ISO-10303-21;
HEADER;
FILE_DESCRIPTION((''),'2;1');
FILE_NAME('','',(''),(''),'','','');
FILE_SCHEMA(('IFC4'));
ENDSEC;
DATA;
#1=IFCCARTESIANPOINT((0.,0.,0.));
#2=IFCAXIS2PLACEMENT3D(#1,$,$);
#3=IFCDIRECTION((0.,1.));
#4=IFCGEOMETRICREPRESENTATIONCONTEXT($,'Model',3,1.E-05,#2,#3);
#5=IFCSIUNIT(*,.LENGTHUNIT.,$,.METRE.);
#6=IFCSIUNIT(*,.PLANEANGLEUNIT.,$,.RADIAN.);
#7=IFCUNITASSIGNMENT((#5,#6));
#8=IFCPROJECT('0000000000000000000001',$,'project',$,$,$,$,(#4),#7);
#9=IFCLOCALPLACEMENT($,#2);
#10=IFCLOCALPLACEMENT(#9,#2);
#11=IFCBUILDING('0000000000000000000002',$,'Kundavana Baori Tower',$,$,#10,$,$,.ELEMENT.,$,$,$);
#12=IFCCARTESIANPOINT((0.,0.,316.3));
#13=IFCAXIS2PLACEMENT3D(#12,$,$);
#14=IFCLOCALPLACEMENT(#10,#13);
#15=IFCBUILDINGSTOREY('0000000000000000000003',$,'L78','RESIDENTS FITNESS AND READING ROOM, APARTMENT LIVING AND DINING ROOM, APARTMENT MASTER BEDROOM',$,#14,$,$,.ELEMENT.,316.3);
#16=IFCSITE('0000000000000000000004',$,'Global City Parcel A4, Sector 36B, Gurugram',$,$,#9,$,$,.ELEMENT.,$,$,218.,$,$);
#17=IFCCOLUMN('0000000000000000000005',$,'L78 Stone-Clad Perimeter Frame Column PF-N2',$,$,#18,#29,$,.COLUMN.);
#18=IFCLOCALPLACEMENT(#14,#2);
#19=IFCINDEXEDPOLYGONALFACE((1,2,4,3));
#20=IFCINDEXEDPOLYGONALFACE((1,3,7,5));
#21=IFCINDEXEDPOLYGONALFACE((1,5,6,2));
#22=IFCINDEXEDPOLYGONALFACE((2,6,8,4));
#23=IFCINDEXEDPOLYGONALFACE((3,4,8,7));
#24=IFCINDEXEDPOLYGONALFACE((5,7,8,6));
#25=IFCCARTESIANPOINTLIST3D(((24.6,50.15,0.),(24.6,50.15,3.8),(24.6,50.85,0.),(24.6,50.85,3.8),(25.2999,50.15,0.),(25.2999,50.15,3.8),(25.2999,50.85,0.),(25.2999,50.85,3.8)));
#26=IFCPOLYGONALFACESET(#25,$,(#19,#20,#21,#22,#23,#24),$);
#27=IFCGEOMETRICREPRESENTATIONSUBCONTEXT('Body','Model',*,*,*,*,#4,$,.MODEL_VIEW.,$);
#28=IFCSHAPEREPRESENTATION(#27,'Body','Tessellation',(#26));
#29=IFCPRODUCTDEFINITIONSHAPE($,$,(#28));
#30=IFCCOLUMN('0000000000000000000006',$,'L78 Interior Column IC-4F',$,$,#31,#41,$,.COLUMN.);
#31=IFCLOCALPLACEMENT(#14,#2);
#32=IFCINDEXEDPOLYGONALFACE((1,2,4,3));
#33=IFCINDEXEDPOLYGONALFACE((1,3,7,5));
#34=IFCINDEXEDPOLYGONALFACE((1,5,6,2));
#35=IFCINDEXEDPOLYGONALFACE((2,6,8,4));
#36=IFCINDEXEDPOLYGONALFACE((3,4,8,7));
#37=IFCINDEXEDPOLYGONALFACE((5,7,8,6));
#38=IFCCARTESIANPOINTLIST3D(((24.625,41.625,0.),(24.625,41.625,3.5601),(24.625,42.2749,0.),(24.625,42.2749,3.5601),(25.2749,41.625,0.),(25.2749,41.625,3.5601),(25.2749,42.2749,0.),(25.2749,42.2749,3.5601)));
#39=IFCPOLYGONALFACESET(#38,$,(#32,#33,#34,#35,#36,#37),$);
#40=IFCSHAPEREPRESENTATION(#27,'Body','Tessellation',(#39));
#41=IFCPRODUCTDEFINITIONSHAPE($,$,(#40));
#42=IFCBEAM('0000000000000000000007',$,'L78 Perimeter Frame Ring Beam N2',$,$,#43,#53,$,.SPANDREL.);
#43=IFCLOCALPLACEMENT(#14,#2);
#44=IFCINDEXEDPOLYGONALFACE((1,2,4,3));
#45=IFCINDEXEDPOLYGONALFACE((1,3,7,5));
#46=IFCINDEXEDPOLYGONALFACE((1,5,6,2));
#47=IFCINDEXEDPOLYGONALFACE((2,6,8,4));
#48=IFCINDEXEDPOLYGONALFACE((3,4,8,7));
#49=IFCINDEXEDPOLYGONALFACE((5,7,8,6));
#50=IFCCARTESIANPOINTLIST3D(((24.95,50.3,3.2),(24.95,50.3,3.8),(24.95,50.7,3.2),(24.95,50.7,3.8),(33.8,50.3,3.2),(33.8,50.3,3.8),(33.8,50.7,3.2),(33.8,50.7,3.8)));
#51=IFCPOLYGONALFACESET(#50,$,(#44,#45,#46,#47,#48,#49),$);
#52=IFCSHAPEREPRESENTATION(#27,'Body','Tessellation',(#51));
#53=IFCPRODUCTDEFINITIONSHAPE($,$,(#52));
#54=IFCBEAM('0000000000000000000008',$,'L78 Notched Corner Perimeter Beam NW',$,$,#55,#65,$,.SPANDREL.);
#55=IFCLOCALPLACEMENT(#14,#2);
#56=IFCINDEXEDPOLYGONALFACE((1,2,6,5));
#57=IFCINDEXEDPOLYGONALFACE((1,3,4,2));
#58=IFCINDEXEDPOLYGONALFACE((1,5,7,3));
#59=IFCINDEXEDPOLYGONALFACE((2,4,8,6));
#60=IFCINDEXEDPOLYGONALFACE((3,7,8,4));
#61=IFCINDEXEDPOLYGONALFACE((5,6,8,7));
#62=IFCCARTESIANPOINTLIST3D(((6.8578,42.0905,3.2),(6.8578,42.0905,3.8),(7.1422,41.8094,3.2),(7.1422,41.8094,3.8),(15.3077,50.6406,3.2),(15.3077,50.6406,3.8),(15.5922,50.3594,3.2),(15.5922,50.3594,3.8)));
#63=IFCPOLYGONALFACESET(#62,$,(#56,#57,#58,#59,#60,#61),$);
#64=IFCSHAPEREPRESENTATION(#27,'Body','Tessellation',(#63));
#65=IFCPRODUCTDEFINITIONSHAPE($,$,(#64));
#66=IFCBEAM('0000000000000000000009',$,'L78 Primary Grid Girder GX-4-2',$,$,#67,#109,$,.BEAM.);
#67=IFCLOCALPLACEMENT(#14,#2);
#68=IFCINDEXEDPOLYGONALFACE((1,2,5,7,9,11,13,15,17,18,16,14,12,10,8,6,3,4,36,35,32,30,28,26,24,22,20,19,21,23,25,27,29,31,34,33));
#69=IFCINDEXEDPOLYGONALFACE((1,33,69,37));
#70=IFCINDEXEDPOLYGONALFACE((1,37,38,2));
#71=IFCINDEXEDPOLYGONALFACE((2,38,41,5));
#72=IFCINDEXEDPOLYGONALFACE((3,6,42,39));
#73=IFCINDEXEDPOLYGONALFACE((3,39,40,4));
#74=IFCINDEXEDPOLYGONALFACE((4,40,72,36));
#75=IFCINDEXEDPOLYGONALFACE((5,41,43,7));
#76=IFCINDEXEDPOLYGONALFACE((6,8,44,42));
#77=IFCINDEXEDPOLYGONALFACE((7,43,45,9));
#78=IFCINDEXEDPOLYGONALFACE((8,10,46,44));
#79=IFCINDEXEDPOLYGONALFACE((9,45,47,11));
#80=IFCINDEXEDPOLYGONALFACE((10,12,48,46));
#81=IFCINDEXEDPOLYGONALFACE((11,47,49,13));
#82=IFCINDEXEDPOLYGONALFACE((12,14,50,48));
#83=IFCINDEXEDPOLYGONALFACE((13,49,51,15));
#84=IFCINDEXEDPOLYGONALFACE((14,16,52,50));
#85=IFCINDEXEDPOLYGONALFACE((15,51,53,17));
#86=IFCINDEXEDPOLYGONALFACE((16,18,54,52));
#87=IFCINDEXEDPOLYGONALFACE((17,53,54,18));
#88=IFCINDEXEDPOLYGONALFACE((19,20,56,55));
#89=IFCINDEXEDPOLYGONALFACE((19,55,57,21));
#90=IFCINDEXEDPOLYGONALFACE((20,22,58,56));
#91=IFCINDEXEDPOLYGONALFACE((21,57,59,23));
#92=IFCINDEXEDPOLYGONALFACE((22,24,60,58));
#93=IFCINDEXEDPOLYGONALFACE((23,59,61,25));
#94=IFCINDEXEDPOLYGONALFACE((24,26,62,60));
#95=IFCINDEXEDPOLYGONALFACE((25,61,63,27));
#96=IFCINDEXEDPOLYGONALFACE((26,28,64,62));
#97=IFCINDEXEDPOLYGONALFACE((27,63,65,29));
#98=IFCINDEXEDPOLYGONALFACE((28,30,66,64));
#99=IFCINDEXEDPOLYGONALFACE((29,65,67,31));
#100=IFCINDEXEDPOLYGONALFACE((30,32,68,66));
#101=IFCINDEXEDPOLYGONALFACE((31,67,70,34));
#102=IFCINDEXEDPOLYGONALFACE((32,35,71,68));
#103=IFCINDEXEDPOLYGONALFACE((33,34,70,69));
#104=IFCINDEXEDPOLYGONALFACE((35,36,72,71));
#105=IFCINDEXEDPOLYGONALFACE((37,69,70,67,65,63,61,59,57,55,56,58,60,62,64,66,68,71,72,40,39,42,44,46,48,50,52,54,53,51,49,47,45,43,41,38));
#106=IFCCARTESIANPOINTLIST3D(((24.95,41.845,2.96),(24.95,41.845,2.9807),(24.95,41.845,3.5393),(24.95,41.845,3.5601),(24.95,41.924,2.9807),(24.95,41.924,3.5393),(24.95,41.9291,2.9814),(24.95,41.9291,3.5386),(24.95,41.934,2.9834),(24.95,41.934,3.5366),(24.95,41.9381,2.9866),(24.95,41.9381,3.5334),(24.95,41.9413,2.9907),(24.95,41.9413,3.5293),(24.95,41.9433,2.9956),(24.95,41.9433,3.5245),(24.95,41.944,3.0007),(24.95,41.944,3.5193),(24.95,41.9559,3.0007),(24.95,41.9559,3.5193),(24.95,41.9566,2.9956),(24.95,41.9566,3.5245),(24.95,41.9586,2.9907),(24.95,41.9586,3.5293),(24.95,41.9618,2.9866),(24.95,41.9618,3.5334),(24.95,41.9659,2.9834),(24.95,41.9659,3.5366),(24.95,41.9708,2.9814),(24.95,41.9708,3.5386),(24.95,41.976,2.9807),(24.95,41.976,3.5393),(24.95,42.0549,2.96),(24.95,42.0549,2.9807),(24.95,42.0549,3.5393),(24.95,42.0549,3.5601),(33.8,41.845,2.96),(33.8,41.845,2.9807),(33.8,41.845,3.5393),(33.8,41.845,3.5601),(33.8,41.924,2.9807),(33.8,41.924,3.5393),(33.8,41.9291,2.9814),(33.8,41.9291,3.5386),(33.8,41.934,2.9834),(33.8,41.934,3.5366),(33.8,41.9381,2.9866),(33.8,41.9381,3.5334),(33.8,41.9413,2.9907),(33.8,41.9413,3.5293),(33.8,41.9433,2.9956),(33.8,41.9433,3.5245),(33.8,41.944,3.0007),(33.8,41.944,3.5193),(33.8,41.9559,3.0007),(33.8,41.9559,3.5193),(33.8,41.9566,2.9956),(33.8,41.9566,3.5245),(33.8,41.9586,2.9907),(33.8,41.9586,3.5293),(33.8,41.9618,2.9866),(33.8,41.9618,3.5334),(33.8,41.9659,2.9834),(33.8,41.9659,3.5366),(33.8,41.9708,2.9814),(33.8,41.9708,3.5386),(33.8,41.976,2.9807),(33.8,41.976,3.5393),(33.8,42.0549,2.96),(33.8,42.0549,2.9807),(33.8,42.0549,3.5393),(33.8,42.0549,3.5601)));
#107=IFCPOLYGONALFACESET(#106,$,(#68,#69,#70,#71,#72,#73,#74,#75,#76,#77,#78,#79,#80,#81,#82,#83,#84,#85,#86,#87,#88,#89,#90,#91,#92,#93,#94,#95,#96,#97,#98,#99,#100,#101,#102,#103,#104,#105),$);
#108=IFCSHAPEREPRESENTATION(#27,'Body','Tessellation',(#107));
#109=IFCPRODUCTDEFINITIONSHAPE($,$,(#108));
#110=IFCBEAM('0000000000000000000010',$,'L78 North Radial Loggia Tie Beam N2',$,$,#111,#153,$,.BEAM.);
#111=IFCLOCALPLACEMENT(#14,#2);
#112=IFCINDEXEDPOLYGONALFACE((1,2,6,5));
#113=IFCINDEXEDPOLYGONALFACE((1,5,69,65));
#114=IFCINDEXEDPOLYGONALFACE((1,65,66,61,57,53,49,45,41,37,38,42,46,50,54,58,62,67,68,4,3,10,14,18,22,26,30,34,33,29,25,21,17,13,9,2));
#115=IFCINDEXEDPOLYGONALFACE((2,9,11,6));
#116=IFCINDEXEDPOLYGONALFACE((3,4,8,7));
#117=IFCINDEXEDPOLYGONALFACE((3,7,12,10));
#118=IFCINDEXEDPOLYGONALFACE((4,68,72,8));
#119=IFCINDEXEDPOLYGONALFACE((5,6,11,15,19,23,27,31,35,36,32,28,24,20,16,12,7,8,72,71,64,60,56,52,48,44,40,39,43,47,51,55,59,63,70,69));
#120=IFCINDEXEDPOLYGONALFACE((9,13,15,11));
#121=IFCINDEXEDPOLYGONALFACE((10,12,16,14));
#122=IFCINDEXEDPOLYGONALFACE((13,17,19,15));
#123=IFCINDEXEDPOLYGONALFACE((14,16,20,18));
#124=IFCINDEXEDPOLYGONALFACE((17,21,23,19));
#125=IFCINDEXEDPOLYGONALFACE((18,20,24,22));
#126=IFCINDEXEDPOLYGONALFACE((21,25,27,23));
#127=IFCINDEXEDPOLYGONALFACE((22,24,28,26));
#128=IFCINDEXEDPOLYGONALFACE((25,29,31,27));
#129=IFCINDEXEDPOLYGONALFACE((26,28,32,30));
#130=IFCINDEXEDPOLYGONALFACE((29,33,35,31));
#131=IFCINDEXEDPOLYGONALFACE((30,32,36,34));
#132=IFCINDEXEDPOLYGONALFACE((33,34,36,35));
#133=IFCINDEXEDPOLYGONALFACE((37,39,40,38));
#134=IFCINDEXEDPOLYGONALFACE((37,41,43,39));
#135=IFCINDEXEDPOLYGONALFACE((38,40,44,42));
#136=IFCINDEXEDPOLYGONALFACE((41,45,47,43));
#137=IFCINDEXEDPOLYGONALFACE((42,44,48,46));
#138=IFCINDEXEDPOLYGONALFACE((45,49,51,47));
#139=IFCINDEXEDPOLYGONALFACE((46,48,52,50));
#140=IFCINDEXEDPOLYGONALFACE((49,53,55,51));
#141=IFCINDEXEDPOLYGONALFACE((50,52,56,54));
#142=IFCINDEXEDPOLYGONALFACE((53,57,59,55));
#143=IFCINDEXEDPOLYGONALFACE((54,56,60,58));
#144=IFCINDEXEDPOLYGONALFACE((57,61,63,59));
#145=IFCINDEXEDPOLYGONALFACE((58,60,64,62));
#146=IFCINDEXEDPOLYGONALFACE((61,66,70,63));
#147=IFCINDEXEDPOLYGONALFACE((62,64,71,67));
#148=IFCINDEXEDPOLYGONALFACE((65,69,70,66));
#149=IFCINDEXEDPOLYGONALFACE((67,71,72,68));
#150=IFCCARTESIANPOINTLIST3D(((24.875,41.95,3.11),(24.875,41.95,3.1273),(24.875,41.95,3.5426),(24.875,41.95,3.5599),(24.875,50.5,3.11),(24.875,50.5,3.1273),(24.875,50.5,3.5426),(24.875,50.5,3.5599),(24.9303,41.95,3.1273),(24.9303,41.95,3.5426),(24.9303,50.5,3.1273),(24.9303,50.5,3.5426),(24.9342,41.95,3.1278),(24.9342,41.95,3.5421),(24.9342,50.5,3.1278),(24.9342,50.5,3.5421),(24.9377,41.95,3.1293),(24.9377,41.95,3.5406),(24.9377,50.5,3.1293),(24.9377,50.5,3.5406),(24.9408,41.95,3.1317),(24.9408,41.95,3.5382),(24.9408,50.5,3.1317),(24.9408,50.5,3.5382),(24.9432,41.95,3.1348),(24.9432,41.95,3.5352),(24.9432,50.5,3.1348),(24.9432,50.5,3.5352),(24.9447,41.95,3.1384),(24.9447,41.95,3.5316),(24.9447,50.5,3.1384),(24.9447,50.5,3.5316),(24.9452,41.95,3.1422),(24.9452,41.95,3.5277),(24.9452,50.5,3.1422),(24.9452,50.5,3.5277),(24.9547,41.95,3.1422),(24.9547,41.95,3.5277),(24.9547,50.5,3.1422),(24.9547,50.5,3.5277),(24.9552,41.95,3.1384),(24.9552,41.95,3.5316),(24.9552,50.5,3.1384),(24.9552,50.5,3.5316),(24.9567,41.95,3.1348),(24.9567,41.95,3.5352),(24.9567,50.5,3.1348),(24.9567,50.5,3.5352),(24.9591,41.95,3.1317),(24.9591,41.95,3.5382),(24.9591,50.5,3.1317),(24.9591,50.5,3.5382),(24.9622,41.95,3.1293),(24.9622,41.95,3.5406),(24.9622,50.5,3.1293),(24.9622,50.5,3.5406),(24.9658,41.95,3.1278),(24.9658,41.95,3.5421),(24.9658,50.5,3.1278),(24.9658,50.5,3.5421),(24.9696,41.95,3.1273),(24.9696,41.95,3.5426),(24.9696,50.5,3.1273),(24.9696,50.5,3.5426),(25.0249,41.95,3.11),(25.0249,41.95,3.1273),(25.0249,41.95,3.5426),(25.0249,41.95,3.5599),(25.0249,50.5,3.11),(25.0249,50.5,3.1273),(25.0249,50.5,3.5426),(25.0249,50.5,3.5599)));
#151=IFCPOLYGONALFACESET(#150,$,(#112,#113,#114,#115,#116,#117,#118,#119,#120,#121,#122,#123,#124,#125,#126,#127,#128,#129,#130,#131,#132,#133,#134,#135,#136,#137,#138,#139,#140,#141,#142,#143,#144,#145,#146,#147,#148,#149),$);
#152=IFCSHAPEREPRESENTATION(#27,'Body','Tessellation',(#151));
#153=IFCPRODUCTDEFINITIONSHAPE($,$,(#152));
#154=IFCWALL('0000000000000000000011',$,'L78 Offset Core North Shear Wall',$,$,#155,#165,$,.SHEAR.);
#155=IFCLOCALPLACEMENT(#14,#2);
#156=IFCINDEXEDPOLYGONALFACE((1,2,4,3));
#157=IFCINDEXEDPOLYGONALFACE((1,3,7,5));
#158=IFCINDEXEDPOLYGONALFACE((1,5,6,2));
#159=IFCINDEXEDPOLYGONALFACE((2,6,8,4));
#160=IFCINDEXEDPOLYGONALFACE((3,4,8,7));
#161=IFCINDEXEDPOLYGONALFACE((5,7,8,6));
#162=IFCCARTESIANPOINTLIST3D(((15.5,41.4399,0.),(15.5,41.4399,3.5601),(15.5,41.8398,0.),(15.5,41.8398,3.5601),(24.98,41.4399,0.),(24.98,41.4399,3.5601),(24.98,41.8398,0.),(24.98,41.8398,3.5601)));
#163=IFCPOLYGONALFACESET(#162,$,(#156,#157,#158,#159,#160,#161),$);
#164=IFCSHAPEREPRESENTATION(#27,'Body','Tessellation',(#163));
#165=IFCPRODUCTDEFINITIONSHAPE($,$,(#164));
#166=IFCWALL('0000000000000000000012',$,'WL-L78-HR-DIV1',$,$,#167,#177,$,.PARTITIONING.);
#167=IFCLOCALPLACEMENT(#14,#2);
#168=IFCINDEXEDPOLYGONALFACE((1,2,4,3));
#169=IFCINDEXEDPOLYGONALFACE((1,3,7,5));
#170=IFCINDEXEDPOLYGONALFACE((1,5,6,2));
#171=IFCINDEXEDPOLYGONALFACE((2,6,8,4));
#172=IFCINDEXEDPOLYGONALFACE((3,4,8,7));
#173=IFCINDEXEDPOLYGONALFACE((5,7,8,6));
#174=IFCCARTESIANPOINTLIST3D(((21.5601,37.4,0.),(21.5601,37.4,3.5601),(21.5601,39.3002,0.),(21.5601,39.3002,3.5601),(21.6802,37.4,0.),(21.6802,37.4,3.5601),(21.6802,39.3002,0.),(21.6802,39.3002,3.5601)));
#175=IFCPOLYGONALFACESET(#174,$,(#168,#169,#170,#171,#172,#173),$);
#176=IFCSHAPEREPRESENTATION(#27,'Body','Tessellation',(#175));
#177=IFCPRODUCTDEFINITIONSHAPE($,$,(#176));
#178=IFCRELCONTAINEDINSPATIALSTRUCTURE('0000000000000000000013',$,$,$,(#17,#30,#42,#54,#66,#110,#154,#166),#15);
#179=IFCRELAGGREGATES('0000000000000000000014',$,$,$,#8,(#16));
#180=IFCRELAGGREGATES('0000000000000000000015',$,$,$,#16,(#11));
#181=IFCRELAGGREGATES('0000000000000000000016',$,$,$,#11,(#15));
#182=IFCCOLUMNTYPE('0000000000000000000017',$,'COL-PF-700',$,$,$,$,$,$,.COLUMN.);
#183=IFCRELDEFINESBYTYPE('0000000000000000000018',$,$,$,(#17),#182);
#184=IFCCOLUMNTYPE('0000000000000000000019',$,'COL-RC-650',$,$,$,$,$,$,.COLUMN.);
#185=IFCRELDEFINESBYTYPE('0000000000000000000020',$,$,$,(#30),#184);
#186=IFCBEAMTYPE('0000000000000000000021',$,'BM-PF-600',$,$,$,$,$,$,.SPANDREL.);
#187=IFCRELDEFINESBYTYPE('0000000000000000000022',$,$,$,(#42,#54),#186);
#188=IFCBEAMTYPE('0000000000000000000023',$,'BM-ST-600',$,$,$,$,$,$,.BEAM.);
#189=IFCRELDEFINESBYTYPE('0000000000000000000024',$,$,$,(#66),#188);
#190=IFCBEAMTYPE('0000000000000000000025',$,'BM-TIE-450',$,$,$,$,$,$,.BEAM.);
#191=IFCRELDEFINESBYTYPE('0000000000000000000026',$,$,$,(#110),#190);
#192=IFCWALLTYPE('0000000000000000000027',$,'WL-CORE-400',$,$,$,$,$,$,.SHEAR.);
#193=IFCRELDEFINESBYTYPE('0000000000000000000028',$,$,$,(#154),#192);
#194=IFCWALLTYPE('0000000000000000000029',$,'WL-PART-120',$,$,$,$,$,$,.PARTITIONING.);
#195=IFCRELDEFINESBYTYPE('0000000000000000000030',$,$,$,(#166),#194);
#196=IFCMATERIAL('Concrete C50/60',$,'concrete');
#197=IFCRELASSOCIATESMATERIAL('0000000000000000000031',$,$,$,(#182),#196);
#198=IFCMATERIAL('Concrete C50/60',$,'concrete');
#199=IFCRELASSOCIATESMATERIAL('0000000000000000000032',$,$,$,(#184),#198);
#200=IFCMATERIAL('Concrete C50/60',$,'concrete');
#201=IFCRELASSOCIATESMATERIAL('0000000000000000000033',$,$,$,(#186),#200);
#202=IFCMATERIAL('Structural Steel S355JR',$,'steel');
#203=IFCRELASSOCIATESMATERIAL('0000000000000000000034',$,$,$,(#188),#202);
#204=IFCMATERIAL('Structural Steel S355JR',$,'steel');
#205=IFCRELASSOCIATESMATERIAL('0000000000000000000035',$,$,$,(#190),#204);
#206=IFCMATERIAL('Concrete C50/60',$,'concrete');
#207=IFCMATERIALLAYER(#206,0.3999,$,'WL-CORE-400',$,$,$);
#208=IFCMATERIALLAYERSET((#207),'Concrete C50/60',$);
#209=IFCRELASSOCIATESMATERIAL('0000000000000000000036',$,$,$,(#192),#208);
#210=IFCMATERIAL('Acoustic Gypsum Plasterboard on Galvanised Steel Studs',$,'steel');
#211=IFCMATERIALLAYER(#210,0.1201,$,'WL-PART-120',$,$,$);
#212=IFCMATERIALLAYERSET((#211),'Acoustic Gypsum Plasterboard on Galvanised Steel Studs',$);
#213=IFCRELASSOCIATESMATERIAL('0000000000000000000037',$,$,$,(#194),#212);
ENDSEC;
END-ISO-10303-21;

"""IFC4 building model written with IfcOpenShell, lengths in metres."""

from ifc_helpers import new_model, si_unit, direction, frame, frame_2d, origin, origin_2d, place, context, subcontext, project, spatial, rectangle, i_section, extrude, material, layer, layer_set, material_profile, profile_set, type_object, element, save


model = new_model("IFC4")

# Units and contexts
model_context = context("Model", 3, precision=1e-05, world=origin(), true_north=direction((0.0, 1.0)))
body_context = subcontext(model_context, "Body", "Model", "MODEL_VIEW")
ifc_project = project(units=[si_unit("LENGTHUNIT", "METRE"), si_unit("PLANEANGLEUNIT", "RADIAN")], contexts=[model_context])

# Site, building, storey
site_placement = place(None, origin())
site = spatial("IfcSite", under=ifc_project, at=site_placement, Name="Global City Parcel A4, Sector 36B, Gurugram", CompositionType="ELEMENT", RefElevation=218.0)
building_placement = place(site_placement, origin())
building = spatial("IfcBuilding", under=site, at=building_placement, Name="Kundavana Baori Tower", CompositionType="ELEMENT")
storey_placement = place(building_placement, frame((0.0, 0.0, 316.3)))
storey = spatial("IfcBuildingStorey", under=building, at=storey_placement, Name="L78", Description="RESIDENTS FITNESS AND READING ROOM, APARTMENT LIVING AND DINING ROOM, APARTMENT MASTER BEDROOM", CompositionType="ELEMENT", Elevation=316.3)

# Columns
ifc_material_1 = material(Name="Concrete C50/60", Category="concrete")
ifc_material_profile_1 = material_profile(ifc_material_1, rectangle(XDim=0.7, YDim=0.7, at=origin_2d()), Name="RC PF 700x700")
ifc_profile_set_1 = profile_set([ifc_material_profile_1], Name="Concrete C50/60")
column_type_1 = type_object("IfcColumnType", Name="COL-PF-700", PredefinedType="COLUMN", material=ifc_profile_set_1)
column_1_placement = place(storey_placement, frame((24.95, 50.5, 0.0), z_axis=(0.0, 0.0, 1.0), x_axis=(1.0, 0.0, 0.0)))
element("IfcColumn", 1, at=column_1_placement, inside=storey, type_object=column_type_1, Name="L78 Stone-Clad Perimeter Frame Column PF-N2", PredefinedType="COLUMN", context=body_context, shape_type="SweptSolid", body=[
    extrude(rectangle(XDim=0.7, YDim=0.7, at=origin_2d()), origin(), (0.0, 0.0, 1.0), 3.8),
])
ifc_material_2 = material(Name="Concrete C50/60", Category="concrete")
ifc_material_profile_2 = material_profile(ifc_material_2, rectangle(XDim=0.6499, YDim=0.6499, at=origin_2d()), Name="RC 650x650")
ifc_profile_set_2 = profile_set([ifc_material_profile_2], Name="Concrete C50/60")
column_type_2 = type_object("IfcColumnType", Name="COL-RC-650", PredefinedType="COLUMN", material=ifc_profile_set_2)
column_2_placement = place(storey_placement, frame((24.95, 41.95, 0.0), z_axis=(0.0, 0.0, 1.0), x_axis=(1.0, 0.0, 0.0)))
element("IfcColumn", 2, at=column_2_placement, inside=storey, type_object=column_type_2, Name="L78 Interior Column IC-4F", PredefinedType="COLUMN", context=body_context, shape_type="SweptSolid", body=[
    extrude(rectangle(XDim=0.6499, YDim=0.6499, at=origin_2d()), origin(), (0.0, 0.0, 1.0), 3.5601),
])

# Beams
ifc_material_3 = material(Name="Concrete C50/60", Category="concrete")
ifc_material_profile_3 = material_profile(ifc_material_3, rectangle(XDim=0.3999, YDim=0.6001, at=origin_2d()), Name="RC BM 400x600")
ifc_profile_set_3 = profile_set([ifc_material_profile_3], Name="Concrete C50/60")
beam_type_1 = type_object("IfcBeamType", Name="BM-PF-600", PredefinedType="SPANDREL", material=ifc_profile_set_3)
beam_1_placement = place(storey_placement, frame((24.95, 50.5, 3.5), z_axis=(1.0, 0.0, 0.0), x_axis=(0.0, 1.0, 0.0)))
element("IfcBeam", 3, at=beam_1_placement, inside=storey, type_object=beam_type_1, Name="L78 Perimeter Frame Ring Beam N2", PredefinedType="SPANDREL", context=body_context, shape_type="SweptSolid", body=[
    extrude(rectangle(XDim=0.3999, YDim=0.6001, at=origin_2d()), origin(), (0.0, 0.0, 1.0), 8.8501),
])
beam_2_placement = place(storey_placement, frame((15.45, 50.5, 3.5), z_axis=(-0.702931, -0.711258, 0.0), x_axis=(0.711258, -0.702931, 0.0)))
element("IfcBeam", 4, at=beam_2_placement, inside=storey, type_object=beam_type_1, Name="L78 Notched Corner Perimeter Beam NW", PredefinedType="SPANDREL", context=body_context, shape_type="SweptSolid", body=[
    extrude(rectangle(XDim=0.3999, YDim=0.6001, at=origin_2d()), origin(), (0.0, 0.0, 1.0), 12.021),
])
ifc_material_4 = material(Name="Structural Steel S355JR", Category="steel")
ifc_material_profile_4 = material_profile(ifc_material_4, i_section(OverallWidth=0.21, OverallDepth=0.6001, WebThickness=0.012, FlangeThickness=0.0208, FilletRadius=0.02, at=origin_2d()), Name="ISMB 600")
ifc_profile_set_4 = profile_set([ifc_material_profile_4], Name="Structural Steel S355JR")
beam_type_2 = type_object("IfcBeamType", Name="BM-ST-600", PredefinedType="BEAM", material=ifc_profile_set_4)
beam_3_placement = place(storey_placement, frame((24.95, 41.95, 3.26), z_axis=(1.0, 0.0, 0.0), x_axis=(0.0, 1.0, 0.0)))
element("IfcBeam", 5, at=beam_3_placement, inside=storey, type_object=beam_type_2, Name="L78 Primary Grid Girder GX-4-2", PredefinedType="BEAM", context=body_context, shape_type="SweptSolid", body=[
    extrude(i_section(OverallWidth=0.21, OverallDepth=0.6001, WebThickness=0.012, FlangeThickness=0.0208, FilletRadius=0.02, at=origin_2d()), origin(), (0.0, 0.0, 1.0), 8.8501),
])
ifc_material_5 = material(Name="Structural Steel S355JR", Category="steel")
ifc_material_profile_5 = material_profile(ifc_material_5, i_section(OverallWidth=0.1499, OverallDepth=0.45, WebThickness=0.0095, FlangeThickness=0.0173, FilletRadius=0.0149, at=origin_2d()), Name="ISMB 450")
ifc_profile_set_5 = profile_set([ifc_material_profile_5], Name="Structural Steel S355JR")
beam_type_3 = type_object("IfcBeamType", Name="BM-TIE-450", PredefinedType="BEAM", material=ifc_profile_set_5)
beam_4_placement = place(storey_placement, frame((24.95, 41.95, 3.335), z_axis=(0.0, 1.0, 0.0), x_axis=(-1.0, 0.0, 0.0)))
element("IfcBeam", 6, at=beam_4_placement, inside=storey, type_object=beam_type_3, Name="L78 North Radial Loggia Tie Beam N2", PredefinedType="BEAM", context=body_context, shape_type="SweptSolid", body=[
    extrude(i_section(OverallWidth=0.1499, OverallDepth=0.45, WebThickness=0.0095, FlangeThickness=0.0173, FilletRadius=0.0149, at=origin_2d()), origin(), (0.0, 0.0, 1.0), 8.55),
])

# Walls
ifc_material_6 = material(Name="Concrete C50/60", Category="concrete")
ifc_layer_1 = layer(ifc_material_6, 0.3999, Name="WL-CORE-400")
ifc_layer_set_1 = layer_set([ifc_layer_1], Name="Concrete C50/60")
wall_type_1 = type_object("IfcWallType", Name="WL-CORE-400", PredefinedType="SHEAR", material=ifc_layer_set_1)
wall_1_placement = place(storey_placement, frame((15.5, 41.6399, 0.0), z_axis=(0.0, 0.0, 1.0), x_axis=(1.0, 0.0, 0.0)))
element("IfcWall", 7, at=wall_1_placement, inside=storey, type_object=wall_type_1, Name="L78 Offset Core North Shear Wall", PredefinedType="SHEAR", context=body_context, shape_type="SweptSolid", body=[
    extrude(rectangle(XDim=9.48, YDim=0.3999, at=frame_2d((4.74, 0.0))), origin(), (0.0, 0.0, 1.0), 3.5601),
])
ifc_material_7 = material(Name="Acoustic Gypsum Plasterboard on Galvanised Steel Studs", Category="steel")
ifc_layer_2 = layer(ifc_material_7, 0.1201, Name="WL-PART-120")
ifc_layer_set_2 = layer_set([ifc_layer_2], Name="Acoustic Gypsum Plasterboard on Galvanised Steel Studs")
wall_type_2 = type_object("IfcWallType", Name="WL-PART-120", PredefinedType="PARTITIONING", material=ifc_layer_set_2)
wall_2_placement = place(storey_placement, frame((21.6201, 37.3999, 0.0), z_axis=(0.0, 0.0, 1.0), x_axis=(0.0, 1.0, 0.0)))
element("IfcWall", 8, at=wall_2_placement, inside=storey, type_object=wall_type_2, Name="WL-L78-HR-DIV1", PredefinedType="PARTITIONING", context=body_context, shape_type="SweptSolid", body=[
    extrude(rectangle(XDim=1.9001, YDim=0.1201, at=frame_2d((0.9502, 0.0))), origin(), (0.0, 0.0, 1.0), 3.5601),
])

save(model, "model.ifc")
